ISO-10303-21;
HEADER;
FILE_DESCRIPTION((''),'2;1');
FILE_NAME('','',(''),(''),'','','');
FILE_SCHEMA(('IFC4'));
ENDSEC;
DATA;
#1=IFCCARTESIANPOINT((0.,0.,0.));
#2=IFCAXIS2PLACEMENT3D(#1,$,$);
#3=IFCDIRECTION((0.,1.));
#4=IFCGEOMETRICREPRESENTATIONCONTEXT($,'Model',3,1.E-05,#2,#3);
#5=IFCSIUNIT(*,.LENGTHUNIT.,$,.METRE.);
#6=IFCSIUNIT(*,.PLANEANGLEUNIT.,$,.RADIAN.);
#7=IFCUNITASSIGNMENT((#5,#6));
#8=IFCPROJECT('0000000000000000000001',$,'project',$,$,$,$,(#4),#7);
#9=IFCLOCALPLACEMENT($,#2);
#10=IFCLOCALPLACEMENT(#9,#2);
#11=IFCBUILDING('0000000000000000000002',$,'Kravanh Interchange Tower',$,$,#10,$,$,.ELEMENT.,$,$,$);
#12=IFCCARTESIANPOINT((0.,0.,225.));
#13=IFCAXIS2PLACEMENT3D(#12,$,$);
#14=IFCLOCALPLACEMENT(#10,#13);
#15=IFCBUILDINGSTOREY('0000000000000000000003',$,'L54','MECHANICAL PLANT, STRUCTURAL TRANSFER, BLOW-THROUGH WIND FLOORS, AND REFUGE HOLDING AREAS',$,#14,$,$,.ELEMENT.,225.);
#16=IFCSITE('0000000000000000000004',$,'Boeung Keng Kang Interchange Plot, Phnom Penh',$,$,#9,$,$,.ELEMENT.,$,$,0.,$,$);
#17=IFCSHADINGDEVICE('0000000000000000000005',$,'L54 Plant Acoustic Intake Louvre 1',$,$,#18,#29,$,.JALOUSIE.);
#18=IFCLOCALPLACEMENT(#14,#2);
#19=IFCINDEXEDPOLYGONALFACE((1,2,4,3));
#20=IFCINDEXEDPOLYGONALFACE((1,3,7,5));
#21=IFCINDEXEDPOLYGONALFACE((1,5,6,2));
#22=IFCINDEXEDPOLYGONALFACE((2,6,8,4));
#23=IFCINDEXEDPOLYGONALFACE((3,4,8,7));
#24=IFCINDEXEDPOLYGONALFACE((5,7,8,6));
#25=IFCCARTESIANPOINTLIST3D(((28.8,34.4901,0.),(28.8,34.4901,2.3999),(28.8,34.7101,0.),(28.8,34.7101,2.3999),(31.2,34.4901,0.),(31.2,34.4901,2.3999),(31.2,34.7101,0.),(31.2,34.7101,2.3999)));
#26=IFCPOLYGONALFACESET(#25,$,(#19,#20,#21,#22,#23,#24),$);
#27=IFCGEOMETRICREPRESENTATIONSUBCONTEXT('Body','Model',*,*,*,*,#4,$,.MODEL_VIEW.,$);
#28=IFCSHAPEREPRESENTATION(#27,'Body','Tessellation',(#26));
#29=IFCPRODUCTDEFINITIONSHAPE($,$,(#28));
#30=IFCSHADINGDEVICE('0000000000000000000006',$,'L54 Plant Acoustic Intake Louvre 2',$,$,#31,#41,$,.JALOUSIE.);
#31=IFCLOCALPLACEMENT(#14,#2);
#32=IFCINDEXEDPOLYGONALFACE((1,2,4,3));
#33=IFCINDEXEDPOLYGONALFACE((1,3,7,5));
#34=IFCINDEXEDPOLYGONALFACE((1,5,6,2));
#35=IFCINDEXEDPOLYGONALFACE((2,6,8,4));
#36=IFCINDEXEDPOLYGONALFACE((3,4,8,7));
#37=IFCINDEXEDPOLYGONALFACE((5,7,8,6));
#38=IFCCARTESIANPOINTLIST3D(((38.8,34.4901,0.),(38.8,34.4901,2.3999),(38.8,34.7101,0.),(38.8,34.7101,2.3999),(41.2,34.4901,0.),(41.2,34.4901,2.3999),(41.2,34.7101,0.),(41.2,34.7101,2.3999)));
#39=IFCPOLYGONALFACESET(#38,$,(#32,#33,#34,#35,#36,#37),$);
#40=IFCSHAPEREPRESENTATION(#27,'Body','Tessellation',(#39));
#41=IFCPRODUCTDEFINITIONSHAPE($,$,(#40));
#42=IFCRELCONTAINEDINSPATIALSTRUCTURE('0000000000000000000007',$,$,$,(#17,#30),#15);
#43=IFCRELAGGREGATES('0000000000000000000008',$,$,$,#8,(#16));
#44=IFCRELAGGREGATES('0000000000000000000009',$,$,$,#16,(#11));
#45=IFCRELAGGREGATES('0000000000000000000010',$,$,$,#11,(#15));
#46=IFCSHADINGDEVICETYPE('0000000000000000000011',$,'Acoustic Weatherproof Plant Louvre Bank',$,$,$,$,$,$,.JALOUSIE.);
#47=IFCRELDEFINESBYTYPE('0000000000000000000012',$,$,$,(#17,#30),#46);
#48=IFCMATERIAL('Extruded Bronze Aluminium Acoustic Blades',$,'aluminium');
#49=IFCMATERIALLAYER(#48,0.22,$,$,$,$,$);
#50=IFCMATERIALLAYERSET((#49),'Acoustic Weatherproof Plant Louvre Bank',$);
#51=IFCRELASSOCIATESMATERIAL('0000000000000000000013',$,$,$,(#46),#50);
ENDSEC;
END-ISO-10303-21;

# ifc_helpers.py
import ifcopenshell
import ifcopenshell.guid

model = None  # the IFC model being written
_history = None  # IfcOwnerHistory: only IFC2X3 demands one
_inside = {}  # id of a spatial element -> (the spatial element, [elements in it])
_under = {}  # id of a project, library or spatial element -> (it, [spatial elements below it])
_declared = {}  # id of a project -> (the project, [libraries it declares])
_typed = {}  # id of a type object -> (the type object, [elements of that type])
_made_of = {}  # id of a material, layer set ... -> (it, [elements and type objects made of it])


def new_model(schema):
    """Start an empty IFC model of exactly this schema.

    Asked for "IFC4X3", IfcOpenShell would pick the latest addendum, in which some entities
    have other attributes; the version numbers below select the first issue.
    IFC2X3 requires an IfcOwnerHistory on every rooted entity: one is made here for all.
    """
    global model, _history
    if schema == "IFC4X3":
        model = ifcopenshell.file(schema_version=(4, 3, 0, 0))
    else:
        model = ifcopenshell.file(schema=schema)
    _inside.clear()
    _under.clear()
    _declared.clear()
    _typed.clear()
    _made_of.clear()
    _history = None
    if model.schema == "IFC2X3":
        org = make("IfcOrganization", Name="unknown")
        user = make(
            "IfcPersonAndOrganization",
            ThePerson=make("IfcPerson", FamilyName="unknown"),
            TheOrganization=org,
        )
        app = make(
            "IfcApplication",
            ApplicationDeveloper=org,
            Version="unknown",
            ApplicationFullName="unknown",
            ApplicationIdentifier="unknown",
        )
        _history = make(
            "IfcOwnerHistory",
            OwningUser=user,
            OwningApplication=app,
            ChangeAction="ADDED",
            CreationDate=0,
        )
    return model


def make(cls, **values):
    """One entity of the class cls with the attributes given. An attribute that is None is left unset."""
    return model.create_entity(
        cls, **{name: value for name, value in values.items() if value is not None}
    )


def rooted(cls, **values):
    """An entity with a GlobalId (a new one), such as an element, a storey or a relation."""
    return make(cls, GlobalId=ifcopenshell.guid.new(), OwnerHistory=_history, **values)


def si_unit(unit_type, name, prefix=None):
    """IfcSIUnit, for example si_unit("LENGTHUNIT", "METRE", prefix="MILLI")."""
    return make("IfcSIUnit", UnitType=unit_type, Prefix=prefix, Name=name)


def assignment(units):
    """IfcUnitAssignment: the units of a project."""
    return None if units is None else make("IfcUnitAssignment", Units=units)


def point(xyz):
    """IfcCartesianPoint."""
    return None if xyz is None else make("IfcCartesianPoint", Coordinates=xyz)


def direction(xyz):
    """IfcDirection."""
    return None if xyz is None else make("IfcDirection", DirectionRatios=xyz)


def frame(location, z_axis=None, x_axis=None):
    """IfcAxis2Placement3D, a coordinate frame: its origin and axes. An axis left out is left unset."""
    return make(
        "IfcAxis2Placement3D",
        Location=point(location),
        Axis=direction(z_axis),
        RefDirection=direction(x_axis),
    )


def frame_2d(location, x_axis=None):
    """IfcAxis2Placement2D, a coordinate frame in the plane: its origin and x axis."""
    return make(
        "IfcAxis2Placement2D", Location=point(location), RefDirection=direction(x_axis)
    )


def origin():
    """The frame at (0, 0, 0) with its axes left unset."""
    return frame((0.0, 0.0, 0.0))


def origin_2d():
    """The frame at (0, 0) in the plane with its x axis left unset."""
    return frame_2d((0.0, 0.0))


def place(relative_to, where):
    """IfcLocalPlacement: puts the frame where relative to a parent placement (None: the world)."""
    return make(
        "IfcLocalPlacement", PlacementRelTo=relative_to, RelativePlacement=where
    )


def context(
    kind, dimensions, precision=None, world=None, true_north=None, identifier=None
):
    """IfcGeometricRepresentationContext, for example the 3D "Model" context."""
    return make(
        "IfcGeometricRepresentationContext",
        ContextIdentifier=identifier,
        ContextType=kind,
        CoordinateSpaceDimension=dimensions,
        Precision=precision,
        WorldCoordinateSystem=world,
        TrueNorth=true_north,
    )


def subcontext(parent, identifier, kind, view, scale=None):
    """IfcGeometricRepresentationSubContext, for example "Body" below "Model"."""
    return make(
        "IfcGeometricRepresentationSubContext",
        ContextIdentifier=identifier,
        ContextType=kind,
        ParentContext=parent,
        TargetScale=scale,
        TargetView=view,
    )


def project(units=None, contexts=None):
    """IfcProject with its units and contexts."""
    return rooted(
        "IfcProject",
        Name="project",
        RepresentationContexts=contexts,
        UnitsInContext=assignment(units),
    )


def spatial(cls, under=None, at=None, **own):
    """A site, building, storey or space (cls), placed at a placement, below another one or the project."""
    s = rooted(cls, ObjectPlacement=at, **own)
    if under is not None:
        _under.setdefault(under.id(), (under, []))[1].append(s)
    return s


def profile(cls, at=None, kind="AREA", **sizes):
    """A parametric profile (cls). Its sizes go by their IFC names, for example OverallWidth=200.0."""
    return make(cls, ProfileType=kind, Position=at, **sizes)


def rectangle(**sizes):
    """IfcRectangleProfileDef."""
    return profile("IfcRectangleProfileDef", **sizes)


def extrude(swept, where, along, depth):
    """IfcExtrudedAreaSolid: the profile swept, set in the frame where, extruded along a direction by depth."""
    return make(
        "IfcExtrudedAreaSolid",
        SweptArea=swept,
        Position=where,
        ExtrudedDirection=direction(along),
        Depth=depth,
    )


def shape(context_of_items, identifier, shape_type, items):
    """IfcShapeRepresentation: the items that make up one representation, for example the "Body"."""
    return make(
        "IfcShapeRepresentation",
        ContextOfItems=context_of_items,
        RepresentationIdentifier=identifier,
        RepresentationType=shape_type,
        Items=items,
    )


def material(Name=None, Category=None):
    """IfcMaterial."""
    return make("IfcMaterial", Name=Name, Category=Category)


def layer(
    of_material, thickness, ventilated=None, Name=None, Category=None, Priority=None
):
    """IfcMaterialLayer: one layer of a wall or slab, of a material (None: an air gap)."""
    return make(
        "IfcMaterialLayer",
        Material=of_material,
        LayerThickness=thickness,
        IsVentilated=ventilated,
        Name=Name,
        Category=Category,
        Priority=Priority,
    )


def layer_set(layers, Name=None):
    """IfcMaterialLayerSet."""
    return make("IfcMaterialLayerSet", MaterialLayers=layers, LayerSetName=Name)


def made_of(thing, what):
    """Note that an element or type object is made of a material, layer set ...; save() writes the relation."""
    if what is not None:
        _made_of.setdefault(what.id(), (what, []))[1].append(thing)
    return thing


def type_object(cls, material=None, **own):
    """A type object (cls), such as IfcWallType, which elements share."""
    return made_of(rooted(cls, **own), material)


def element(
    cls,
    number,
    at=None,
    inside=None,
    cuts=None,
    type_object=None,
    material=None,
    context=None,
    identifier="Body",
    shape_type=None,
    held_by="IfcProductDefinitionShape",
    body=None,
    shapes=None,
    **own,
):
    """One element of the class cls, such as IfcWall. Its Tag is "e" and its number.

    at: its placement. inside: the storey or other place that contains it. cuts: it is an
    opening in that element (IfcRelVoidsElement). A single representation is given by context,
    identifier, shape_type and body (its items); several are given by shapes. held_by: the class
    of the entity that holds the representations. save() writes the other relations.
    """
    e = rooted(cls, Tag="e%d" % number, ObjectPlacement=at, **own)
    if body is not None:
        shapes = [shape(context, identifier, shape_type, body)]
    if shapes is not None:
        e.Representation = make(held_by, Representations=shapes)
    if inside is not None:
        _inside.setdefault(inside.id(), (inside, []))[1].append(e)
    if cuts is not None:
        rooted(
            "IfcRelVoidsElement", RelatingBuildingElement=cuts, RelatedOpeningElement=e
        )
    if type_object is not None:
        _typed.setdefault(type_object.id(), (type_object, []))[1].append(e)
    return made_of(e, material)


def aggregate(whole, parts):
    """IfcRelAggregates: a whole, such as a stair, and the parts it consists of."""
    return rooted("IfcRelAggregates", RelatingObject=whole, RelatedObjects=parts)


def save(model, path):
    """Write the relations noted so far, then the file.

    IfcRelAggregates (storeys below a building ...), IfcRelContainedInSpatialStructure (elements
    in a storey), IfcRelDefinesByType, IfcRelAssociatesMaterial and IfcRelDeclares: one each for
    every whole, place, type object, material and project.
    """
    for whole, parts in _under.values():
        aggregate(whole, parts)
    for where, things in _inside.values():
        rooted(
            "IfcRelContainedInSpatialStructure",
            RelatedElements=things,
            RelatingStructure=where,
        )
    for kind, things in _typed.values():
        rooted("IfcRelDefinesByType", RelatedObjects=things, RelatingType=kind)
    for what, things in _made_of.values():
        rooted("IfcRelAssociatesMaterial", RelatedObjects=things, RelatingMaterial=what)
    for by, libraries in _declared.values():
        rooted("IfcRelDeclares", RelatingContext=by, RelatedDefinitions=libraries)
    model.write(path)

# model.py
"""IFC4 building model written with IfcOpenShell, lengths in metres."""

from ifc_helpers import new_model, si_unit, direction, frame, origin, origin_2d, place, context, subcontext, project, spatial, rectangle, extrude, material, layer, layer_set, type_object, element, save


model = new_model("IFC4")

# Units and contexts
model_context = context("Model", 3, precision=1e-05, world=origin(), true_north=direction((0.0, 1.0)))
body_context = subcontext(model_context, "Body", "Model", "MODEL_VIEW")
ifc_project = project(units=[si_unit("LENGTHUNIT", "METRE"), si_unit("PLANEANGLEUNIT", "RADIAN")], contexts=[model_context])

# Site, building, storey
site_placement = place(None, origin())
site = spatial("IfcSite", under=ifc_project, at=site_placement, Name="Boeung Keng Kang Interchange Plot, Phnom Penh", CompositionType="ELEMENT", RefElevation=0.0)
building_placement = place(site_placement, origin())
building = spatial("IfcBuilding", under=site, at=building_placement, Name="Kravanh Interchange Tower", CompositionType="ELEMENT")
storey_placement = place(building_placement, frame((0.0, 0.0, 225.0)))
storey = spatial("IfcBuildingStorey", under=building, at=storey_placement, Name="L54", Description="MECHANICAL PLANT, STRUCTURAL TRANSFER, BLOW-THROUGH WIND FLOORS, AND REFUGE HOLDING AREAS", CompositionType="ELEMENT", Elevation=225.0)

# Shading devices
ifc_material_1 = material(Name="Extruded Bronze Aluminium Acoustic Blades", Category="aluminium")
ifc_layer_1 = layer(ifc_material_1, 0.22)
ifc_layer_set_1 = layer_set([ifc_layer_1], Name="Acoustic Weatherproof Plant Louvre Bank")
shading_device_type = type_object("IfcShadingDeviceType", Name="Acoustic Weatherproof Plant Louvre Bank", PredefinedType="JALOUSIE", material=ifc_layer_set_1)
for number, where, z_axis, x_axis, name in (
    (1, (30.0, 34.6001, 0.0), (0.0, 0.0, 1.0), (1.0, 0.0, 0.0), "L54 Plant Acoustic Intake Louvre 1"),
    (2, (40.0, 34.6001, 0.0), (0.0, 0.0, 1.0), (1.0, 0.0, 0.0), "L54 Plant Acoustic Intake Louvre 2"),
):
    element("IfcShadingDevice", number, at=place(storey_placement, frame(where, z_axis=z_axis, x_axis=x_axis)), inside=storey, type_object=shading_device_type, Name=name, PredefinedType="JALOUSIE", context=body_context, shape_type="SweptSolid", body=[
        extrude(rectangle(XDim=2.3999, YDim=0.22, at=origin_2d()), origin(), (0.0, 0.0, 1.0), 2.3999),
    ])

save(model, "model.ifc")
